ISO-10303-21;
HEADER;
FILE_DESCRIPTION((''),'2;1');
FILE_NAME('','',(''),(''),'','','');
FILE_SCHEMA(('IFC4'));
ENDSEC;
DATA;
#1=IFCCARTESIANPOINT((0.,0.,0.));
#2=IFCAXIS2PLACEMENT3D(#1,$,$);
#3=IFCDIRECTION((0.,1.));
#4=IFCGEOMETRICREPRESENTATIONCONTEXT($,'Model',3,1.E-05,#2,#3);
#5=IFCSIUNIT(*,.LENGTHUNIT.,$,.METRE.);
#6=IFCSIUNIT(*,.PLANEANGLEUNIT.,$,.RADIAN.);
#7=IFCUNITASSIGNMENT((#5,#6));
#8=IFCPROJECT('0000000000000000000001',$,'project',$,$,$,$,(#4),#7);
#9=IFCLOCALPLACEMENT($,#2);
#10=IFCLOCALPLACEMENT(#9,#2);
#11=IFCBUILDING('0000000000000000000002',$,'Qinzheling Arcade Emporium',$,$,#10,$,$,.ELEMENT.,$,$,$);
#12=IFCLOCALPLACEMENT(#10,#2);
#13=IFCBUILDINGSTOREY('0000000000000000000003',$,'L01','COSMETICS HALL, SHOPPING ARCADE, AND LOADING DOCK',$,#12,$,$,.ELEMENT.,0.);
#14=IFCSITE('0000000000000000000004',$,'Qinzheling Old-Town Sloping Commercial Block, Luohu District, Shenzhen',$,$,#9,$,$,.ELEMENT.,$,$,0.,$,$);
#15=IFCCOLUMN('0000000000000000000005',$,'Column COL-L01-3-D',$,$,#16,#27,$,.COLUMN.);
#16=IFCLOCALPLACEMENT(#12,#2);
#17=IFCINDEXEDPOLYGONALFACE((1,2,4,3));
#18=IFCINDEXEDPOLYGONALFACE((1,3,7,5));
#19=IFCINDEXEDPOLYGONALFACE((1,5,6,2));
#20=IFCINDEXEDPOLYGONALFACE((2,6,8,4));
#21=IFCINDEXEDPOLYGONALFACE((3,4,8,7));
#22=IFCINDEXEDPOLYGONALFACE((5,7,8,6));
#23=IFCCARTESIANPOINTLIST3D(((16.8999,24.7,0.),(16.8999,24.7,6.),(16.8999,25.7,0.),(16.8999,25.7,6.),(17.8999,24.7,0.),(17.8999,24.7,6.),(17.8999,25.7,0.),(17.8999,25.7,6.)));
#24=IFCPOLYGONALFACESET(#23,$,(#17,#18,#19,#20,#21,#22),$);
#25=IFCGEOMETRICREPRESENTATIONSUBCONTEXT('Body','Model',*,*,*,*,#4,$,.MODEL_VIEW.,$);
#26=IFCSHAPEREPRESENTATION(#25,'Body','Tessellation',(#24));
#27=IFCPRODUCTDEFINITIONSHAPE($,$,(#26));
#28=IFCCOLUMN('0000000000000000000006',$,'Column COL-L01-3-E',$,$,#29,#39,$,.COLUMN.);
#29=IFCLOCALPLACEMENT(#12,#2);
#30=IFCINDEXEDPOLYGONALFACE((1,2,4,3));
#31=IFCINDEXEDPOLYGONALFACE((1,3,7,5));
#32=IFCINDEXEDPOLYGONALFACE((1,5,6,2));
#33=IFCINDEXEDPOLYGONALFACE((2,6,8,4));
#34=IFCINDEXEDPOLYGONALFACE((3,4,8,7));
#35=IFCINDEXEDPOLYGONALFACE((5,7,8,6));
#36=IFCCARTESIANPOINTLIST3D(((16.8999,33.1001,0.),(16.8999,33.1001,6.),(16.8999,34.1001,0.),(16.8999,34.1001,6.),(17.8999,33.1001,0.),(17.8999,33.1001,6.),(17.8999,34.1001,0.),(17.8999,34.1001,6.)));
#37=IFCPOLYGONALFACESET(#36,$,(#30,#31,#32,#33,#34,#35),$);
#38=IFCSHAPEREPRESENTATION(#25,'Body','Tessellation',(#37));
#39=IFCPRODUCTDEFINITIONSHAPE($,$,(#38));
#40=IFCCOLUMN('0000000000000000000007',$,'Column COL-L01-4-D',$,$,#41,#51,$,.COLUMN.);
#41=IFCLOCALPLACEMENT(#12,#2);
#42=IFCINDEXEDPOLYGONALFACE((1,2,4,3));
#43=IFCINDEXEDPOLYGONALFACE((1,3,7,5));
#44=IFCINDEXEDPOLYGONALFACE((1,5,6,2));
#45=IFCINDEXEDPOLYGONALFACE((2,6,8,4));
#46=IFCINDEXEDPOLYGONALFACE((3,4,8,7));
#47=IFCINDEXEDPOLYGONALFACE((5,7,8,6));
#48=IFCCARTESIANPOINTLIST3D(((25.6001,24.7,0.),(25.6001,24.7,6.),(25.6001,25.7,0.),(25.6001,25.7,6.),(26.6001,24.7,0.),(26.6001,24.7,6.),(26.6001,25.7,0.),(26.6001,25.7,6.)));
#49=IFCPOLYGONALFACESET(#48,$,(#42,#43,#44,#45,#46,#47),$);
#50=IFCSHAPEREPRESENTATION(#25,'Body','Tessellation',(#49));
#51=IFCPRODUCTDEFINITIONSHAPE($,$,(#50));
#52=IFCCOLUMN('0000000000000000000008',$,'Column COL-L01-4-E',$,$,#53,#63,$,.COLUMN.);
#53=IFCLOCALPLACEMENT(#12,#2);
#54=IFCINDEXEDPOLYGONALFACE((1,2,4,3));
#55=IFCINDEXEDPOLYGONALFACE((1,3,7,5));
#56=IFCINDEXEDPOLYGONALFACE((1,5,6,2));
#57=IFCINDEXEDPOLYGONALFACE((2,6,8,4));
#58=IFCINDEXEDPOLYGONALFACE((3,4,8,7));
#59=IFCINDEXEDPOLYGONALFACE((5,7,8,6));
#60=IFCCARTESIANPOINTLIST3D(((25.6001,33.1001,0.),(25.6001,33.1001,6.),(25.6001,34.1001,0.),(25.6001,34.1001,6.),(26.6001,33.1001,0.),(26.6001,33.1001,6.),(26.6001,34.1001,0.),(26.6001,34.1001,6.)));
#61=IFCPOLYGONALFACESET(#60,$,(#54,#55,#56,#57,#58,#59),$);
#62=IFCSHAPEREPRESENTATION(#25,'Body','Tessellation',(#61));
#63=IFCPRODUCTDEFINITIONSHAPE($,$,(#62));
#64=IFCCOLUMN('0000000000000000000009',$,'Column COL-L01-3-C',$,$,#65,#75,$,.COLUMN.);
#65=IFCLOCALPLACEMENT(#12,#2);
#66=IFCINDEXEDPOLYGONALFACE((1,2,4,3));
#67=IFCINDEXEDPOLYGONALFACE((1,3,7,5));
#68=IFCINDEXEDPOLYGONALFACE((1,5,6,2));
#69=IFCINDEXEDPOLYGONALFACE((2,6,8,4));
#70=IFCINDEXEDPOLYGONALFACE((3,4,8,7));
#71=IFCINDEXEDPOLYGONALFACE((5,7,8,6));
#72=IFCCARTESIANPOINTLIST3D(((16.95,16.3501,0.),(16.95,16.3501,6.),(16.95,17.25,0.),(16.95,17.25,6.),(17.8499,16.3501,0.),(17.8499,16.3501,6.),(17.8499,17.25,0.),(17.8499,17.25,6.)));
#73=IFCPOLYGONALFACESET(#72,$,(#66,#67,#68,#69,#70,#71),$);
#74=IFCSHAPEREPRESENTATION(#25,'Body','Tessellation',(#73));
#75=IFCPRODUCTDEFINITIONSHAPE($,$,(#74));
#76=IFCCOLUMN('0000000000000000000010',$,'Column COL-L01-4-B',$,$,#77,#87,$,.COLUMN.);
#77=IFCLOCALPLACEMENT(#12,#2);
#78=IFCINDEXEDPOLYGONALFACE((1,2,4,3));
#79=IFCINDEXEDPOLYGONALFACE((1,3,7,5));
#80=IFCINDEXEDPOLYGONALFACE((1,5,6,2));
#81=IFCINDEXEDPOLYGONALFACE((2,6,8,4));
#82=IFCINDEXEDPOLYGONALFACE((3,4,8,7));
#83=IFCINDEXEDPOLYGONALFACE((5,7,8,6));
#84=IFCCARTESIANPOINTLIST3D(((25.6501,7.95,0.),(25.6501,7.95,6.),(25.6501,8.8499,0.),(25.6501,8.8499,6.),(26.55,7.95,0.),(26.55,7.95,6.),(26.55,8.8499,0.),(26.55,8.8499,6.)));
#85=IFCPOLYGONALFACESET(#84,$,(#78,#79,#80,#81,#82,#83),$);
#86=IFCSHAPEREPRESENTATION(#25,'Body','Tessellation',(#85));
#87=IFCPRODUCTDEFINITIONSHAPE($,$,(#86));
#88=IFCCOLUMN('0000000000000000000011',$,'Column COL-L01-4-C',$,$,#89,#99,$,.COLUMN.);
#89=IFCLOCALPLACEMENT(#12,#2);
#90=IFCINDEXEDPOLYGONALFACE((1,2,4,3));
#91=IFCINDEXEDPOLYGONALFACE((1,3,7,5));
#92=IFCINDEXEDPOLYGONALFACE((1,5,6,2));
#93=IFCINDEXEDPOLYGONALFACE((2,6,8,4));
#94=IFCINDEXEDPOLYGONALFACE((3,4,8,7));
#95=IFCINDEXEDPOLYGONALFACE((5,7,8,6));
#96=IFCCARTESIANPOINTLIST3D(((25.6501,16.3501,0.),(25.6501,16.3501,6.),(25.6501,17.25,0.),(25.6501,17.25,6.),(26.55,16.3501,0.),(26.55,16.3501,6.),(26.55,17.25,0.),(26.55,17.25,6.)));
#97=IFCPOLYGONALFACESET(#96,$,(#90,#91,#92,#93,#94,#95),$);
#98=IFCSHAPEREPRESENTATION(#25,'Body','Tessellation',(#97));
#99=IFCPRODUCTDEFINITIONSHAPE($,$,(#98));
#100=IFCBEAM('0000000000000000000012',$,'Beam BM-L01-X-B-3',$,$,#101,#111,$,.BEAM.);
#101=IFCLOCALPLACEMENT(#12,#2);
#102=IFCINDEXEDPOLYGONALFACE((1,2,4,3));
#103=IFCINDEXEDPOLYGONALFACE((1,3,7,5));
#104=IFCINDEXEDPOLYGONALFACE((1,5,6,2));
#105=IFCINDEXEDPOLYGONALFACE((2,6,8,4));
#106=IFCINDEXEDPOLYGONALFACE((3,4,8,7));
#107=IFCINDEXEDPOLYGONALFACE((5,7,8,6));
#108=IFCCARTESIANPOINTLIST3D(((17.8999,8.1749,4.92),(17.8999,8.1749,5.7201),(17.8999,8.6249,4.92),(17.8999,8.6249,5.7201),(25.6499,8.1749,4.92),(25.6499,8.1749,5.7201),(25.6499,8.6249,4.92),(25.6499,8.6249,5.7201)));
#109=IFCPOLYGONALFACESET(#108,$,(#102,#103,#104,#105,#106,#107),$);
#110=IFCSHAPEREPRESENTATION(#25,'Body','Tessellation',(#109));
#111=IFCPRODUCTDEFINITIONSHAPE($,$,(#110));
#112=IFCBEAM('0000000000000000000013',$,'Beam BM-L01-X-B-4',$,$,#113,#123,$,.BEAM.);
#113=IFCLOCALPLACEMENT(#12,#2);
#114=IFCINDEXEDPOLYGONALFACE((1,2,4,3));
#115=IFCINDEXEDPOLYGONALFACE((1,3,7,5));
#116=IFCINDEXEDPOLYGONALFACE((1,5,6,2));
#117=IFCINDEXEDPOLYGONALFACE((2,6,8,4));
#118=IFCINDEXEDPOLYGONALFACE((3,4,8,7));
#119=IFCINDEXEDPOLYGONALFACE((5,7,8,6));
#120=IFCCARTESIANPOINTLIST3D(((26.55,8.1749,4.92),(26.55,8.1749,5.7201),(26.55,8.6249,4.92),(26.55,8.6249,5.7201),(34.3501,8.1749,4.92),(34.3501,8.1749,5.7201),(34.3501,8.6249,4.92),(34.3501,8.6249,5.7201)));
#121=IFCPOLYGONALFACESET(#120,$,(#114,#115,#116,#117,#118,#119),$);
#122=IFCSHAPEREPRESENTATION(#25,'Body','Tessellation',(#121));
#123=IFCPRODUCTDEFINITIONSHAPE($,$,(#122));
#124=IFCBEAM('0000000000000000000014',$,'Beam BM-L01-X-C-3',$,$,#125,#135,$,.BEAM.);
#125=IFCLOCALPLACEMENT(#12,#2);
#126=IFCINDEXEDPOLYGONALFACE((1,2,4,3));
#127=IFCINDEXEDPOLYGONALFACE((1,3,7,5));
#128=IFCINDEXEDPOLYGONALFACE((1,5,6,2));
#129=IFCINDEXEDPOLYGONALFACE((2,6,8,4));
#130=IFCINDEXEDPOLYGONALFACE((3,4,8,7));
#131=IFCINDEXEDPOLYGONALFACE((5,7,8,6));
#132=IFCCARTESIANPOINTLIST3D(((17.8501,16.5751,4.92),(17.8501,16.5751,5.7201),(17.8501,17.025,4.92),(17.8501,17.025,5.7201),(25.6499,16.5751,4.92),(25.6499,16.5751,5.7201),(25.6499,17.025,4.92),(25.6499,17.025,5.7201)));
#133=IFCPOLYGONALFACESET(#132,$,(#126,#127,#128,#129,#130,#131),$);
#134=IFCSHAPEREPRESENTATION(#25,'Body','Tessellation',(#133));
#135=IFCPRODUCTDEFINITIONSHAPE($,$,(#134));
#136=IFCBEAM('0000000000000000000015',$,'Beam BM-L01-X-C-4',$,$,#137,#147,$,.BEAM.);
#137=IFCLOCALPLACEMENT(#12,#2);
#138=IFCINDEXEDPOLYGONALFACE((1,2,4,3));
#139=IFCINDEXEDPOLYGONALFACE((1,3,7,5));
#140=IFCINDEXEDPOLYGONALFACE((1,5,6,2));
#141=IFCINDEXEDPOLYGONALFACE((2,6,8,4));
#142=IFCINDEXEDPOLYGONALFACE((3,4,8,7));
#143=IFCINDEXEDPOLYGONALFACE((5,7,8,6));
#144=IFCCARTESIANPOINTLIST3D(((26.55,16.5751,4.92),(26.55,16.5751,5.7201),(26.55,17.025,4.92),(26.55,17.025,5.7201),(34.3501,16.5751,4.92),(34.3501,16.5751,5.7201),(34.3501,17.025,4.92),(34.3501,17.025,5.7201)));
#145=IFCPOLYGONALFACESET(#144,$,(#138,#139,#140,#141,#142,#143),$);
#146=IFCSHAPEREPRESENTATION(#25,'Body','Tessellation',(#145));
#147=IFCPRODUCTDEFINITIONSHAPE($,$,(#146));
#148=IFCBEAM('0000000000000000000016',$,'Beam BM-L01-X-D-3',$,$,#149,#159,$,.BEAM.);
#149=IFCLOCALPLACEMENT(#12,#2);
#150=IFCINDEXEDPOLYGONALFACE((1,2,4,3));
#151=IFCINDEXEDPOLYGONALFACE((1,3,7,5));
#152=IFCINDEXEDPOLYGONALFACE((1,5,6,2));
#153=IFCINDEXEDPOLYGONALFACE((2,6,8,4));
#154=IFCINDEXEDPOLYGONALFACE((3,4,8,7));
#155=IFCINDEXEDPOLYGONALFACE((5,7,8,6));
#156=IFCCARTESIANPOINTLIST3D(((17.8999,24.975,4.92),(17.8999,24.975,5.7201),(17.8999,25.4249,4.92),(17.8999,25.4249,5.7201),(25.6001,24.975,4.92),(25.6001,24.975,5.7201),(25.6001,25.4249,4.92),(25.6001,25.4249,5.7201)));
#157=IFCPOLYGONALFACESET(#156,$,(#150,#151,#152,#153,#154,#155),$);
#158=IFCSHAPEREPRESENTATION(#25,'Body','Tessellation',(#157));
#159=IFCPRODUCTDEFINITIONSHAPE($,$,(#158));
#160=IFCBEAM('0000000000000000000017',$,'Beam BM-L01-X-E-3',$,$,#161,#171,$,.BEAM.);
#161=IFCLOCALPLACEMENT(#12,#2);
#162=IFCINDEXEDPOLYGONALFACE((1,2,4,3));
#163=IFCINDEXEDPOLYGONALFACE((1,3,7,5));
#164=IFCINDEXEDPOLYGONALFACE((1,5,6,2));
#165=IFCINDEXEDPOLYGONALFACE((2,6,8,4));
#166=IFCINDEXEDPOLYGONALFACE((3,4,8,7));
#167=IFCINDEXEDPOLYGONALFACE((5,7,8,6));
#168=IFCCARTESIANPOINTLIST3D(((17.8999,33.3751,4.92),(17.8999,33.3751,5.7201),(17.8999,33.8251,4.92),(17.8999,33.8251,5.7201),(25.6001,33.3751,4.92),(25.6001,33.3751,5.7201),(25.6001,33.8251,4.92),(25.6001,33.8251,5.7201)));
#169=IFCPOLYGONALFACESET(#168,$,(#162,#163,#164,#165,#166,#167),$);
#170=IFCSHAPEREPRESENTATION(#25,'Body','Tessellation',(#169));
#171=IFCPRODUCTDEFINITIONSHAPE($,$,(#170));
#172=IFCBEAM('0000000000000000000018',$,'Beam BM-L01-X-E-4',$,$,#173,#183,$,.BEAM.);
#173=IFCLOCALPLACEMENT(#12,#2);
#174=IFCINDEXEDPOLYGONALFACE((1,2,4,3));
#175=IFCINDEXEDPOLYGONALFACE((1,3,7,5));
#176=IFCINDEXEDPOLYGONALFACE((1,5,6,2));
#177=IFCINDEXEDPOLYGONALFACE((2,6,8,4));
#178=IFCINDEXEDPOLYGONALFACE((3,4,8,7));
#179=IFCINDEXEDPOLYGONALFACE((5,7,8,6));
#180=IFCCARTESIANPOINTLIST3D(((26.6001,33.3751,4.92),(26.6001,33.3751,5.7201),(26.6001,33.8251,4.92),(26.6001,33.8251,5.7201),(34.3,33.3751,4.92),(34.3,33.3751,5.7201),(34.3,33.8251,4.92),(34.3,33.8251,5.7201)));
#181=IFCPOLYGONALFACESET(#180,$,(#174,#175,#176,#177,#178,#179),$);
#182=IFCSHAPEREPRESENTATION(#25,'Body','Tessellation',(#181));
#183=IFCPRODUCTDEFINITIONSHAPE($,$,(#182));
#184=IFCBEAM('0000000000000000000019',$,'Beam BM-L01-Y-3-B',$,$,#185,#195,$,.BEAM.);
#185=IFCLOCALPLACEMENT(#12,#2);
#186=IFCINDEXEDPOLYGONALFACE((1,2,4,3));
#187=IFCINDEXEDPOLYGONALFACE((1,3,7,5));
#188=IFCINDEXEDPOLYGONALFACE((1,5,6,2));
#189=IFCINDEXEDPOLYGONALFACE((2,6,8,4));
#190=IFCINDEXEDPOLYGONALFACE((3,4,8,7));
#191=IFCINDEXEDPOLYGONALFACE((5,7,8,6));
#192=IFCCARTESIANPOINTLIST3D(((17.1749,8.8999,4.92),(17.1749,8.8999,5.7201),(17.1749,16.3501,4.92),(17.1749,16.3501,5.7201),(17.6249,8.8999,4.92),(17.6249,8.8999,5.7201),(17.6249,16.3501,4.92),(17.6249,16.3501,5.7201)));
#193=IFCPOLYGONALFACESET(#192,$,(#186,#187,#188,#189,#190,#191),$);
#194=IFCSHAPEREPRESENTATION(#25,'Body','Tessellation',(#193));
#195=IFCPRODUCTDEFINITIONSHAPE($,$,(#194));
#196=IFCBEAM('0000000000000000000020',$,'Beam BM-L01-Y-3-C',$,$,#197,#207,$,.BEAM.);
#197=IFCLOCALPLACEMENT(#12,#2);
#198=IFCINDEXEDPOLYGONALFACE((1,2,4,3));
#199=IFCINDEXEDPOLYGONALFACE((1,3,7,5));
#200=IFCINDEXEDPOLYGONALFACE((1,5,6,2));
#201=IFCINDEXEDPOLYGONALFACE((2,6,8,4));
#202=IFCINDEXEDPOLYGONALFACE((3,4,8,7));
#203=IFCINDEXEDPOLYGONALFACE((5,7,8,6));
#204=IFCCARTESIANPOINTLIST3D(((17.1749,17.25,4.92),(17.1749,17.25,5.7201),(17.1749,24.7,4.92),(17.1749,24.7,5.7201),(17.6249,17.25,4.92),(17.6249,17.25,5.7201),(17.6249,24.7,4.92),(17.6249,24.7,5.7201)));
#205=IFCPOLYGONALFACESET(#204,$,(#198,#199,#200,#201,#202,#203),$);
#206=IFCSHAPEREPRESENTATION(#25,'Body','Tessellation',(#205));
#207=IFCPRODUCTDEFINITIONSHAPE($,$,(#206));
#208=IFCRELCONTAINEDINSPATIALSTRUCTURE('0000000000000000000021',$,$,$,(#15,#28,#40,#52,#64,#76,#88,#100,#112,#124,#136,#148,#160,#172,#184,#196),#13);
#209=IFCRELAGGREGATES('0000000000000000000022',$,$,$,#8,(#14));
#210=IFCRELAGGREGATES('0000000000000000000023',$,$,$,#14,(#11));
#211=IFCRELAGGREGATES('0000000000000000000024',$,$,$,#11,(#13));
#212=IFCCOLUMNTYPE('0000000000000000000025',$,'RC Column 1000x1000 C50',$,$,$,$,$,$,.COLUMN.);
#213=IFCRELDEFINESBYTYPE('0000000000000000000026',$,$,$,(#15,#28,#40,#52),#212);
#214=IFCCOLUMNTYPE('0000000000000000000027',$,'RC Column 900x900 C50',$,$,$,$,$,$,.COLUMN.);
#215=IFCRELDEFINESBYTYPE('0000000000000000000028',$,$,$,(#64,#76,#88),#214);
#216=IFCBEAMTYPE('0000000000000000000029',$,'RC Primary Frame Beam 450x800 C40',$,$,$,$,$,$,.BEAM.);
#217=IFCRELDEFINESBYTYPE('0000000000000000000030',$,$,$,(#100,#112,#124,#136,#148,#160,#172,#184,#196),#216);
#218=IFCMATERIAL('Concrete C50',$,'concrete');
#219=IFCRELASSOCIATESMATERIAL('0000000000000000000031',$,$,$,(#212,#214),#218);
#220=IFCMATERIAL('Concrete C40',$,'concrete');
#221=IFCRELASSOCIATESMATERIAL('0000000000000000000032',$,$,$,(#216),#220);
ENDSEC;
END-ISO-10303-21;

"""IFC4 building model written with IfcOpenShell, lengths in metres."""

from ifc_helpers import new_model, si_unit, direction, frame, origin, origin_2d, place, context, subcontext, project, spatial, rectangle, extrude, material, material_profile, profile_set, type_object, element, save


model = new_model("IFC4")

# Units and contexts
model_context = context("Model", 3, precision=1e-05, world=origin(), true_north=direction((0.0, 1.0)))
body_context = subcontext(model_context, "Body", "Model", "MODEL_VIEW")
ifc_project = project(units=[si_unit("LENGTHUNIT", "METRE"), si_unit("PLANEANGLEUNIT", "RADIAN")], contexts=[model_context])

# Site, building, storey
site_placement = place(None, origin())
site = spatial("IfcSite", under=ifc_project, at=site_placement, Name="Qinzheling Old-Town Sloping Commercial Block, Luohu District, Shenzhen", CompositionType="ELEMENT", RefElevation=0.0)
building_placement = place(site_placement, origin())
building = spatial("IfcBuilding", under=site, at=building_placement, Name="Qinzheling Arcade Emporium", CompositionType="ELEMENT")
storey_placement = place(building_placement, origin())
storey = spatial("IfcBuildingStorey", under=building, at=storey_placement, Name="L01", Description="COSMETICS HALL, SHOPPING ARCADE, AND LOADING DOCK", CompositionType="ELEMENT", Elevation=0.0)

# Columns
ifc_material_1 = material(Name="Concrete C50", Category="concrete")
ifc_material_profile_1 = material_profile(ifc_material_1, rectangle(XDim=1.0, YDim=1.0, at=origin_2d()), Name="RC 1000x1000", Category="concrete")
ifc_profile_set_1 = profile_set([ifc_material_profile_1], Name="Concrete C50")
column_type_1 = type_object("IfcColumnType", Name="RC Column 1000x1000 C50", PredefinedType="COLUMN", material=ifc_profile_set_1)
for number, where, z_axis, x_axis, name in (
    (1, (17.3999, 25.2, 0.0), (0.0, 0.0, 1.0), (1.0, 0.0, 0.0), "Column COL-L01-3-D"),
    (2, (17.3999, 33.6001, 0.0), (0.0, 0.0, 1.0), (1.0, 0.0, 0.0), "Column COL-L01-3-E"),
    (3, (26.1001, 25.2, 0.0), (0.0, 0.0, 1.0), (1.0, 0.0, 0.0), "Column COL-L01-4-D"),
    (4, (26.1001, 33.6001, 0.0), (0.0, 0.0, 1.0), (1.0, 0.0, 0.0), "Column COL-L01-4-E"),
):
    element("IfcColumn", number, at=place(storey_placement, frame(where, z_axis=z_axis, x_axis=x_axis)), inside=storey, type_object=column_type_1, Name=name, PredefinedType="COLUMN", context=body_context, shape_type="SweptSolid", body=[
        extrude(rectangle(XDim=1.0, YDim=1.0, at=origin_2d()), origin(), (0.0, 0.0, 1.0), 6.0),
    ])
ifc_material_profile_2 = material_profile(ifc_material_1, rectangle(XDim=0.8999, YDim=0.8999, at=origin_2d()), Name="RC 900x900", Category="concrete")
ifc_profile_set_2 = profile_set([ifc_material_profile_2], Name="Concrete C50")
column_type_2 = type_object("IfcColumnType", Name="RC Column 900x900 C50", PredefinedType="COLUMN", material=ifc_profile_set_2)
for number, where, z_axis, x_axis, name in (
    (5, (17.3999, 16.8, 0.0), (0.0, 0.0, 1.0), (1.0, 0.0, 0.0), "Column COL-L01-3-C"),
    (6, (26.1001, 8.3999, 0.0), (0.0, 0.0, 1.0), (1.0, 0.0, 0.0), "Column COL-L01-4-B"),
    (7, (26.1001, 16.8, 0.0), (0.0, 0.0, 1.0), (1.0, 0.0, 0.0), "Column COL-L01-4-C"),
):
    element("IfcColumn", number, at=place(storey_placement, frame(where, z_axis=z_axis, x_axis=x_axis)), inside=storey, type_object=column_type_2, Name=name, PredefinedType="COLUMN", context=body_context, shape_type="SweptSolid", body=[
        extrude(rectangle(XDim=0.8999, YDim=0.8999, at=origin_2d()), origin(), (0.0, 0.0, 1.0), 6.0),
    ])

# Beams
ifc_material_2 = material(Name="Concrete C40", Category="concrete")
ifc_material_profile_3 = material_profile(ifc_material_2, rectangle(XDim=0.45, YDim=0.8, at=origin_2d()), Name="RC 450x800", Category="concrete")
ifc_profile_set_3 = profile_set([ifc_material_profile_3], Name="Concrete C40")
beam_type_1 = type_object("IfcBeamType", Name="RC Primary Frame Beam 450x800 C40", PredefinedType="BEAM", material=ifc_profile_set_3)
beam_1_placement = place(storey_placement, frame((17.8999, 8.3999, 5.3201), z_axis=(1.0, 0.0, 0.0), x_axis=(0.0, 1.0, 0.0)))
element("IfcBeam", 8, at=beam_1_placement, inside=storey, type_object=beam_type_1, Name="Beam BM-L01-X-B-3", PredefinedType="BEAM", context=body_context, shape_type="SweptSolid", body=[
    extrude(rectangle(XDim=0.45, YDim=0.8, at=origin_2d()), origin(), (0.0, 0.0, 1.0), 7.75),
])
beam_2_placement = place(storey_placement, frame((26.55, 8.3999, 5.3201), z_axis=(1.0, 0.0, 0.0), x_axis=(0.0, 1.0, 0.0)))
element("IfcBeam", 9, at=beam_2_placement, inside=storey, type_object=beam_type_1, Name="Beam BM-L01-X-B-4", PredefinedType="BEAM", context=body_context, shape_type="SweptSolid", body=[
    extrude(rectangle(XDim=0.45, YDim=0.8, at=origin_2d()), origin(), (0.0, 0.0, 1.0), 7.8),
])
beam_3_placement = place(storey_placement, frame((17.8501, 16.8, 5.3201), z_axis=(1.0, 0.0, 0.0), x_axis=(0.0, 1.0, 0.0)))
element("IfcBeam", 10, at=beam_3_placement, inside=storey, type_object=beam_type_1, Name="Beam BM-L01-X-C-3", PredefinedType="BEAM", context=body_context, shape_type="SweptSolid", body=[
    extrude(rectangle(XDim=0.45, YDim=0.8, at=origin_2d()), origin(), (0.0, 0.0, 1.0), 7.7998),
])
beam_4_placement = place(storey_placement, frame((26.55, 16.8, 5.3201), z_axis=(1.0, 0.0, 0.0), x_axis=(0.0, 1.0, 0.0)))
element("IfcBeam", 11, at=beam_4_placement, inside=storey, type_object=beam_type_1, Name="Beam BM-L01-X-C-4", PredefinedType="BEAM", context=body_context, shape_type="SweptSolid", body=[
    extrude(rectangle(XDim=0.45, YDim=0.8, at=origin_2d()), origin(), (0.0, 0.0, 1.0), 7.8),
])
for number, where, z_axis, x_axis, name in (
    (12, (17.8999, 25.2, 5.3201), (1.0, 0.0, 0.0), (0.0, 1.0, 0.0), "Beam BM-L01-X-D-3"),
    (13, (17.8999, 33.6001, 5.3201), (1.0, 0.0, 0.0), (0.0, 1.0, 0.0), "Beam BM-L01-X-E-3"),
):
    element("IfcBeam", number, at=place(storey_placement, frame(where, z_axis=z_axis, x_axis=x_axis)), inside=storey, type_object=beam_type_1, Name=name, PredefinedType="BEAM", context=body_context, shape_type="SweptSolid", body=[
        extrude(rectangle(XDim=0.45, YDim=0.8, at=origin_2d()), origin(), (0.0, 0.0, 1.0), 7.7002),
    ])
beam_5_placement = place(storey_placement, frame((26.6001, 33.6001, 5.3201), z_axis=(1.0, 0.0, 0.0), x_axis=(0.0, 1.0, 0.0)))
element("IfcBeam", 14, at=beam_5_placement, inside=storey, type_object=beam_type_1, Name="Beam BM-L01-X-E-4", PredefinedType="BEAM", context=body_context, shape_type="SweptSolid", body=[
    extrude(rectangle(XDim=0.45, YDim=0.8, at=origin_2d()), origin(), (0.0, 0.0, 1.0), 7.7),
])
beam_6_placement = place(storey_placement, frame((17.3999, 8.8999, 5.3201), z_axis=(0.0, 1.0, 0.0), x_axis=(-1.0, 0.0, 0.0)))
element("IfcBeam", 15, at=beam_6_placement, inside=storey, type_object=beam_type_1, Name="Beam BM-L01-Y-3-B", PredefinedType="BEAM", context=body_context, shape_type="SweptSolid", body=[
    extrude(rectangle(XDim=0.45, YDim=0.8, at=origin_2d()), origin(), (0.0, 0.0, 1.0), 7.4502),
])
beam_7_placement = place(storey_placement, frame((17.3999, 17.25, 5.3201), z_axis=(0.0, 1.0, 0.0), x_axis=(-1.0, 0.0, 0.0)))
element("IfcBeam", 16, at=beam_7_placement, inside=storey, type_object=beam_type_1, Name="Beam BM-L01-Y-3-C", PredefinedType="BEAM", context=body_context, shape_type="SweptSolid", body=[
    extrude(rectangle(XDim=0.45, YDim=0.8, at=origin_2d()), origin(), (0.0, 0.0, 1.0), 7.45),
])

save(model, "model.ifc")
